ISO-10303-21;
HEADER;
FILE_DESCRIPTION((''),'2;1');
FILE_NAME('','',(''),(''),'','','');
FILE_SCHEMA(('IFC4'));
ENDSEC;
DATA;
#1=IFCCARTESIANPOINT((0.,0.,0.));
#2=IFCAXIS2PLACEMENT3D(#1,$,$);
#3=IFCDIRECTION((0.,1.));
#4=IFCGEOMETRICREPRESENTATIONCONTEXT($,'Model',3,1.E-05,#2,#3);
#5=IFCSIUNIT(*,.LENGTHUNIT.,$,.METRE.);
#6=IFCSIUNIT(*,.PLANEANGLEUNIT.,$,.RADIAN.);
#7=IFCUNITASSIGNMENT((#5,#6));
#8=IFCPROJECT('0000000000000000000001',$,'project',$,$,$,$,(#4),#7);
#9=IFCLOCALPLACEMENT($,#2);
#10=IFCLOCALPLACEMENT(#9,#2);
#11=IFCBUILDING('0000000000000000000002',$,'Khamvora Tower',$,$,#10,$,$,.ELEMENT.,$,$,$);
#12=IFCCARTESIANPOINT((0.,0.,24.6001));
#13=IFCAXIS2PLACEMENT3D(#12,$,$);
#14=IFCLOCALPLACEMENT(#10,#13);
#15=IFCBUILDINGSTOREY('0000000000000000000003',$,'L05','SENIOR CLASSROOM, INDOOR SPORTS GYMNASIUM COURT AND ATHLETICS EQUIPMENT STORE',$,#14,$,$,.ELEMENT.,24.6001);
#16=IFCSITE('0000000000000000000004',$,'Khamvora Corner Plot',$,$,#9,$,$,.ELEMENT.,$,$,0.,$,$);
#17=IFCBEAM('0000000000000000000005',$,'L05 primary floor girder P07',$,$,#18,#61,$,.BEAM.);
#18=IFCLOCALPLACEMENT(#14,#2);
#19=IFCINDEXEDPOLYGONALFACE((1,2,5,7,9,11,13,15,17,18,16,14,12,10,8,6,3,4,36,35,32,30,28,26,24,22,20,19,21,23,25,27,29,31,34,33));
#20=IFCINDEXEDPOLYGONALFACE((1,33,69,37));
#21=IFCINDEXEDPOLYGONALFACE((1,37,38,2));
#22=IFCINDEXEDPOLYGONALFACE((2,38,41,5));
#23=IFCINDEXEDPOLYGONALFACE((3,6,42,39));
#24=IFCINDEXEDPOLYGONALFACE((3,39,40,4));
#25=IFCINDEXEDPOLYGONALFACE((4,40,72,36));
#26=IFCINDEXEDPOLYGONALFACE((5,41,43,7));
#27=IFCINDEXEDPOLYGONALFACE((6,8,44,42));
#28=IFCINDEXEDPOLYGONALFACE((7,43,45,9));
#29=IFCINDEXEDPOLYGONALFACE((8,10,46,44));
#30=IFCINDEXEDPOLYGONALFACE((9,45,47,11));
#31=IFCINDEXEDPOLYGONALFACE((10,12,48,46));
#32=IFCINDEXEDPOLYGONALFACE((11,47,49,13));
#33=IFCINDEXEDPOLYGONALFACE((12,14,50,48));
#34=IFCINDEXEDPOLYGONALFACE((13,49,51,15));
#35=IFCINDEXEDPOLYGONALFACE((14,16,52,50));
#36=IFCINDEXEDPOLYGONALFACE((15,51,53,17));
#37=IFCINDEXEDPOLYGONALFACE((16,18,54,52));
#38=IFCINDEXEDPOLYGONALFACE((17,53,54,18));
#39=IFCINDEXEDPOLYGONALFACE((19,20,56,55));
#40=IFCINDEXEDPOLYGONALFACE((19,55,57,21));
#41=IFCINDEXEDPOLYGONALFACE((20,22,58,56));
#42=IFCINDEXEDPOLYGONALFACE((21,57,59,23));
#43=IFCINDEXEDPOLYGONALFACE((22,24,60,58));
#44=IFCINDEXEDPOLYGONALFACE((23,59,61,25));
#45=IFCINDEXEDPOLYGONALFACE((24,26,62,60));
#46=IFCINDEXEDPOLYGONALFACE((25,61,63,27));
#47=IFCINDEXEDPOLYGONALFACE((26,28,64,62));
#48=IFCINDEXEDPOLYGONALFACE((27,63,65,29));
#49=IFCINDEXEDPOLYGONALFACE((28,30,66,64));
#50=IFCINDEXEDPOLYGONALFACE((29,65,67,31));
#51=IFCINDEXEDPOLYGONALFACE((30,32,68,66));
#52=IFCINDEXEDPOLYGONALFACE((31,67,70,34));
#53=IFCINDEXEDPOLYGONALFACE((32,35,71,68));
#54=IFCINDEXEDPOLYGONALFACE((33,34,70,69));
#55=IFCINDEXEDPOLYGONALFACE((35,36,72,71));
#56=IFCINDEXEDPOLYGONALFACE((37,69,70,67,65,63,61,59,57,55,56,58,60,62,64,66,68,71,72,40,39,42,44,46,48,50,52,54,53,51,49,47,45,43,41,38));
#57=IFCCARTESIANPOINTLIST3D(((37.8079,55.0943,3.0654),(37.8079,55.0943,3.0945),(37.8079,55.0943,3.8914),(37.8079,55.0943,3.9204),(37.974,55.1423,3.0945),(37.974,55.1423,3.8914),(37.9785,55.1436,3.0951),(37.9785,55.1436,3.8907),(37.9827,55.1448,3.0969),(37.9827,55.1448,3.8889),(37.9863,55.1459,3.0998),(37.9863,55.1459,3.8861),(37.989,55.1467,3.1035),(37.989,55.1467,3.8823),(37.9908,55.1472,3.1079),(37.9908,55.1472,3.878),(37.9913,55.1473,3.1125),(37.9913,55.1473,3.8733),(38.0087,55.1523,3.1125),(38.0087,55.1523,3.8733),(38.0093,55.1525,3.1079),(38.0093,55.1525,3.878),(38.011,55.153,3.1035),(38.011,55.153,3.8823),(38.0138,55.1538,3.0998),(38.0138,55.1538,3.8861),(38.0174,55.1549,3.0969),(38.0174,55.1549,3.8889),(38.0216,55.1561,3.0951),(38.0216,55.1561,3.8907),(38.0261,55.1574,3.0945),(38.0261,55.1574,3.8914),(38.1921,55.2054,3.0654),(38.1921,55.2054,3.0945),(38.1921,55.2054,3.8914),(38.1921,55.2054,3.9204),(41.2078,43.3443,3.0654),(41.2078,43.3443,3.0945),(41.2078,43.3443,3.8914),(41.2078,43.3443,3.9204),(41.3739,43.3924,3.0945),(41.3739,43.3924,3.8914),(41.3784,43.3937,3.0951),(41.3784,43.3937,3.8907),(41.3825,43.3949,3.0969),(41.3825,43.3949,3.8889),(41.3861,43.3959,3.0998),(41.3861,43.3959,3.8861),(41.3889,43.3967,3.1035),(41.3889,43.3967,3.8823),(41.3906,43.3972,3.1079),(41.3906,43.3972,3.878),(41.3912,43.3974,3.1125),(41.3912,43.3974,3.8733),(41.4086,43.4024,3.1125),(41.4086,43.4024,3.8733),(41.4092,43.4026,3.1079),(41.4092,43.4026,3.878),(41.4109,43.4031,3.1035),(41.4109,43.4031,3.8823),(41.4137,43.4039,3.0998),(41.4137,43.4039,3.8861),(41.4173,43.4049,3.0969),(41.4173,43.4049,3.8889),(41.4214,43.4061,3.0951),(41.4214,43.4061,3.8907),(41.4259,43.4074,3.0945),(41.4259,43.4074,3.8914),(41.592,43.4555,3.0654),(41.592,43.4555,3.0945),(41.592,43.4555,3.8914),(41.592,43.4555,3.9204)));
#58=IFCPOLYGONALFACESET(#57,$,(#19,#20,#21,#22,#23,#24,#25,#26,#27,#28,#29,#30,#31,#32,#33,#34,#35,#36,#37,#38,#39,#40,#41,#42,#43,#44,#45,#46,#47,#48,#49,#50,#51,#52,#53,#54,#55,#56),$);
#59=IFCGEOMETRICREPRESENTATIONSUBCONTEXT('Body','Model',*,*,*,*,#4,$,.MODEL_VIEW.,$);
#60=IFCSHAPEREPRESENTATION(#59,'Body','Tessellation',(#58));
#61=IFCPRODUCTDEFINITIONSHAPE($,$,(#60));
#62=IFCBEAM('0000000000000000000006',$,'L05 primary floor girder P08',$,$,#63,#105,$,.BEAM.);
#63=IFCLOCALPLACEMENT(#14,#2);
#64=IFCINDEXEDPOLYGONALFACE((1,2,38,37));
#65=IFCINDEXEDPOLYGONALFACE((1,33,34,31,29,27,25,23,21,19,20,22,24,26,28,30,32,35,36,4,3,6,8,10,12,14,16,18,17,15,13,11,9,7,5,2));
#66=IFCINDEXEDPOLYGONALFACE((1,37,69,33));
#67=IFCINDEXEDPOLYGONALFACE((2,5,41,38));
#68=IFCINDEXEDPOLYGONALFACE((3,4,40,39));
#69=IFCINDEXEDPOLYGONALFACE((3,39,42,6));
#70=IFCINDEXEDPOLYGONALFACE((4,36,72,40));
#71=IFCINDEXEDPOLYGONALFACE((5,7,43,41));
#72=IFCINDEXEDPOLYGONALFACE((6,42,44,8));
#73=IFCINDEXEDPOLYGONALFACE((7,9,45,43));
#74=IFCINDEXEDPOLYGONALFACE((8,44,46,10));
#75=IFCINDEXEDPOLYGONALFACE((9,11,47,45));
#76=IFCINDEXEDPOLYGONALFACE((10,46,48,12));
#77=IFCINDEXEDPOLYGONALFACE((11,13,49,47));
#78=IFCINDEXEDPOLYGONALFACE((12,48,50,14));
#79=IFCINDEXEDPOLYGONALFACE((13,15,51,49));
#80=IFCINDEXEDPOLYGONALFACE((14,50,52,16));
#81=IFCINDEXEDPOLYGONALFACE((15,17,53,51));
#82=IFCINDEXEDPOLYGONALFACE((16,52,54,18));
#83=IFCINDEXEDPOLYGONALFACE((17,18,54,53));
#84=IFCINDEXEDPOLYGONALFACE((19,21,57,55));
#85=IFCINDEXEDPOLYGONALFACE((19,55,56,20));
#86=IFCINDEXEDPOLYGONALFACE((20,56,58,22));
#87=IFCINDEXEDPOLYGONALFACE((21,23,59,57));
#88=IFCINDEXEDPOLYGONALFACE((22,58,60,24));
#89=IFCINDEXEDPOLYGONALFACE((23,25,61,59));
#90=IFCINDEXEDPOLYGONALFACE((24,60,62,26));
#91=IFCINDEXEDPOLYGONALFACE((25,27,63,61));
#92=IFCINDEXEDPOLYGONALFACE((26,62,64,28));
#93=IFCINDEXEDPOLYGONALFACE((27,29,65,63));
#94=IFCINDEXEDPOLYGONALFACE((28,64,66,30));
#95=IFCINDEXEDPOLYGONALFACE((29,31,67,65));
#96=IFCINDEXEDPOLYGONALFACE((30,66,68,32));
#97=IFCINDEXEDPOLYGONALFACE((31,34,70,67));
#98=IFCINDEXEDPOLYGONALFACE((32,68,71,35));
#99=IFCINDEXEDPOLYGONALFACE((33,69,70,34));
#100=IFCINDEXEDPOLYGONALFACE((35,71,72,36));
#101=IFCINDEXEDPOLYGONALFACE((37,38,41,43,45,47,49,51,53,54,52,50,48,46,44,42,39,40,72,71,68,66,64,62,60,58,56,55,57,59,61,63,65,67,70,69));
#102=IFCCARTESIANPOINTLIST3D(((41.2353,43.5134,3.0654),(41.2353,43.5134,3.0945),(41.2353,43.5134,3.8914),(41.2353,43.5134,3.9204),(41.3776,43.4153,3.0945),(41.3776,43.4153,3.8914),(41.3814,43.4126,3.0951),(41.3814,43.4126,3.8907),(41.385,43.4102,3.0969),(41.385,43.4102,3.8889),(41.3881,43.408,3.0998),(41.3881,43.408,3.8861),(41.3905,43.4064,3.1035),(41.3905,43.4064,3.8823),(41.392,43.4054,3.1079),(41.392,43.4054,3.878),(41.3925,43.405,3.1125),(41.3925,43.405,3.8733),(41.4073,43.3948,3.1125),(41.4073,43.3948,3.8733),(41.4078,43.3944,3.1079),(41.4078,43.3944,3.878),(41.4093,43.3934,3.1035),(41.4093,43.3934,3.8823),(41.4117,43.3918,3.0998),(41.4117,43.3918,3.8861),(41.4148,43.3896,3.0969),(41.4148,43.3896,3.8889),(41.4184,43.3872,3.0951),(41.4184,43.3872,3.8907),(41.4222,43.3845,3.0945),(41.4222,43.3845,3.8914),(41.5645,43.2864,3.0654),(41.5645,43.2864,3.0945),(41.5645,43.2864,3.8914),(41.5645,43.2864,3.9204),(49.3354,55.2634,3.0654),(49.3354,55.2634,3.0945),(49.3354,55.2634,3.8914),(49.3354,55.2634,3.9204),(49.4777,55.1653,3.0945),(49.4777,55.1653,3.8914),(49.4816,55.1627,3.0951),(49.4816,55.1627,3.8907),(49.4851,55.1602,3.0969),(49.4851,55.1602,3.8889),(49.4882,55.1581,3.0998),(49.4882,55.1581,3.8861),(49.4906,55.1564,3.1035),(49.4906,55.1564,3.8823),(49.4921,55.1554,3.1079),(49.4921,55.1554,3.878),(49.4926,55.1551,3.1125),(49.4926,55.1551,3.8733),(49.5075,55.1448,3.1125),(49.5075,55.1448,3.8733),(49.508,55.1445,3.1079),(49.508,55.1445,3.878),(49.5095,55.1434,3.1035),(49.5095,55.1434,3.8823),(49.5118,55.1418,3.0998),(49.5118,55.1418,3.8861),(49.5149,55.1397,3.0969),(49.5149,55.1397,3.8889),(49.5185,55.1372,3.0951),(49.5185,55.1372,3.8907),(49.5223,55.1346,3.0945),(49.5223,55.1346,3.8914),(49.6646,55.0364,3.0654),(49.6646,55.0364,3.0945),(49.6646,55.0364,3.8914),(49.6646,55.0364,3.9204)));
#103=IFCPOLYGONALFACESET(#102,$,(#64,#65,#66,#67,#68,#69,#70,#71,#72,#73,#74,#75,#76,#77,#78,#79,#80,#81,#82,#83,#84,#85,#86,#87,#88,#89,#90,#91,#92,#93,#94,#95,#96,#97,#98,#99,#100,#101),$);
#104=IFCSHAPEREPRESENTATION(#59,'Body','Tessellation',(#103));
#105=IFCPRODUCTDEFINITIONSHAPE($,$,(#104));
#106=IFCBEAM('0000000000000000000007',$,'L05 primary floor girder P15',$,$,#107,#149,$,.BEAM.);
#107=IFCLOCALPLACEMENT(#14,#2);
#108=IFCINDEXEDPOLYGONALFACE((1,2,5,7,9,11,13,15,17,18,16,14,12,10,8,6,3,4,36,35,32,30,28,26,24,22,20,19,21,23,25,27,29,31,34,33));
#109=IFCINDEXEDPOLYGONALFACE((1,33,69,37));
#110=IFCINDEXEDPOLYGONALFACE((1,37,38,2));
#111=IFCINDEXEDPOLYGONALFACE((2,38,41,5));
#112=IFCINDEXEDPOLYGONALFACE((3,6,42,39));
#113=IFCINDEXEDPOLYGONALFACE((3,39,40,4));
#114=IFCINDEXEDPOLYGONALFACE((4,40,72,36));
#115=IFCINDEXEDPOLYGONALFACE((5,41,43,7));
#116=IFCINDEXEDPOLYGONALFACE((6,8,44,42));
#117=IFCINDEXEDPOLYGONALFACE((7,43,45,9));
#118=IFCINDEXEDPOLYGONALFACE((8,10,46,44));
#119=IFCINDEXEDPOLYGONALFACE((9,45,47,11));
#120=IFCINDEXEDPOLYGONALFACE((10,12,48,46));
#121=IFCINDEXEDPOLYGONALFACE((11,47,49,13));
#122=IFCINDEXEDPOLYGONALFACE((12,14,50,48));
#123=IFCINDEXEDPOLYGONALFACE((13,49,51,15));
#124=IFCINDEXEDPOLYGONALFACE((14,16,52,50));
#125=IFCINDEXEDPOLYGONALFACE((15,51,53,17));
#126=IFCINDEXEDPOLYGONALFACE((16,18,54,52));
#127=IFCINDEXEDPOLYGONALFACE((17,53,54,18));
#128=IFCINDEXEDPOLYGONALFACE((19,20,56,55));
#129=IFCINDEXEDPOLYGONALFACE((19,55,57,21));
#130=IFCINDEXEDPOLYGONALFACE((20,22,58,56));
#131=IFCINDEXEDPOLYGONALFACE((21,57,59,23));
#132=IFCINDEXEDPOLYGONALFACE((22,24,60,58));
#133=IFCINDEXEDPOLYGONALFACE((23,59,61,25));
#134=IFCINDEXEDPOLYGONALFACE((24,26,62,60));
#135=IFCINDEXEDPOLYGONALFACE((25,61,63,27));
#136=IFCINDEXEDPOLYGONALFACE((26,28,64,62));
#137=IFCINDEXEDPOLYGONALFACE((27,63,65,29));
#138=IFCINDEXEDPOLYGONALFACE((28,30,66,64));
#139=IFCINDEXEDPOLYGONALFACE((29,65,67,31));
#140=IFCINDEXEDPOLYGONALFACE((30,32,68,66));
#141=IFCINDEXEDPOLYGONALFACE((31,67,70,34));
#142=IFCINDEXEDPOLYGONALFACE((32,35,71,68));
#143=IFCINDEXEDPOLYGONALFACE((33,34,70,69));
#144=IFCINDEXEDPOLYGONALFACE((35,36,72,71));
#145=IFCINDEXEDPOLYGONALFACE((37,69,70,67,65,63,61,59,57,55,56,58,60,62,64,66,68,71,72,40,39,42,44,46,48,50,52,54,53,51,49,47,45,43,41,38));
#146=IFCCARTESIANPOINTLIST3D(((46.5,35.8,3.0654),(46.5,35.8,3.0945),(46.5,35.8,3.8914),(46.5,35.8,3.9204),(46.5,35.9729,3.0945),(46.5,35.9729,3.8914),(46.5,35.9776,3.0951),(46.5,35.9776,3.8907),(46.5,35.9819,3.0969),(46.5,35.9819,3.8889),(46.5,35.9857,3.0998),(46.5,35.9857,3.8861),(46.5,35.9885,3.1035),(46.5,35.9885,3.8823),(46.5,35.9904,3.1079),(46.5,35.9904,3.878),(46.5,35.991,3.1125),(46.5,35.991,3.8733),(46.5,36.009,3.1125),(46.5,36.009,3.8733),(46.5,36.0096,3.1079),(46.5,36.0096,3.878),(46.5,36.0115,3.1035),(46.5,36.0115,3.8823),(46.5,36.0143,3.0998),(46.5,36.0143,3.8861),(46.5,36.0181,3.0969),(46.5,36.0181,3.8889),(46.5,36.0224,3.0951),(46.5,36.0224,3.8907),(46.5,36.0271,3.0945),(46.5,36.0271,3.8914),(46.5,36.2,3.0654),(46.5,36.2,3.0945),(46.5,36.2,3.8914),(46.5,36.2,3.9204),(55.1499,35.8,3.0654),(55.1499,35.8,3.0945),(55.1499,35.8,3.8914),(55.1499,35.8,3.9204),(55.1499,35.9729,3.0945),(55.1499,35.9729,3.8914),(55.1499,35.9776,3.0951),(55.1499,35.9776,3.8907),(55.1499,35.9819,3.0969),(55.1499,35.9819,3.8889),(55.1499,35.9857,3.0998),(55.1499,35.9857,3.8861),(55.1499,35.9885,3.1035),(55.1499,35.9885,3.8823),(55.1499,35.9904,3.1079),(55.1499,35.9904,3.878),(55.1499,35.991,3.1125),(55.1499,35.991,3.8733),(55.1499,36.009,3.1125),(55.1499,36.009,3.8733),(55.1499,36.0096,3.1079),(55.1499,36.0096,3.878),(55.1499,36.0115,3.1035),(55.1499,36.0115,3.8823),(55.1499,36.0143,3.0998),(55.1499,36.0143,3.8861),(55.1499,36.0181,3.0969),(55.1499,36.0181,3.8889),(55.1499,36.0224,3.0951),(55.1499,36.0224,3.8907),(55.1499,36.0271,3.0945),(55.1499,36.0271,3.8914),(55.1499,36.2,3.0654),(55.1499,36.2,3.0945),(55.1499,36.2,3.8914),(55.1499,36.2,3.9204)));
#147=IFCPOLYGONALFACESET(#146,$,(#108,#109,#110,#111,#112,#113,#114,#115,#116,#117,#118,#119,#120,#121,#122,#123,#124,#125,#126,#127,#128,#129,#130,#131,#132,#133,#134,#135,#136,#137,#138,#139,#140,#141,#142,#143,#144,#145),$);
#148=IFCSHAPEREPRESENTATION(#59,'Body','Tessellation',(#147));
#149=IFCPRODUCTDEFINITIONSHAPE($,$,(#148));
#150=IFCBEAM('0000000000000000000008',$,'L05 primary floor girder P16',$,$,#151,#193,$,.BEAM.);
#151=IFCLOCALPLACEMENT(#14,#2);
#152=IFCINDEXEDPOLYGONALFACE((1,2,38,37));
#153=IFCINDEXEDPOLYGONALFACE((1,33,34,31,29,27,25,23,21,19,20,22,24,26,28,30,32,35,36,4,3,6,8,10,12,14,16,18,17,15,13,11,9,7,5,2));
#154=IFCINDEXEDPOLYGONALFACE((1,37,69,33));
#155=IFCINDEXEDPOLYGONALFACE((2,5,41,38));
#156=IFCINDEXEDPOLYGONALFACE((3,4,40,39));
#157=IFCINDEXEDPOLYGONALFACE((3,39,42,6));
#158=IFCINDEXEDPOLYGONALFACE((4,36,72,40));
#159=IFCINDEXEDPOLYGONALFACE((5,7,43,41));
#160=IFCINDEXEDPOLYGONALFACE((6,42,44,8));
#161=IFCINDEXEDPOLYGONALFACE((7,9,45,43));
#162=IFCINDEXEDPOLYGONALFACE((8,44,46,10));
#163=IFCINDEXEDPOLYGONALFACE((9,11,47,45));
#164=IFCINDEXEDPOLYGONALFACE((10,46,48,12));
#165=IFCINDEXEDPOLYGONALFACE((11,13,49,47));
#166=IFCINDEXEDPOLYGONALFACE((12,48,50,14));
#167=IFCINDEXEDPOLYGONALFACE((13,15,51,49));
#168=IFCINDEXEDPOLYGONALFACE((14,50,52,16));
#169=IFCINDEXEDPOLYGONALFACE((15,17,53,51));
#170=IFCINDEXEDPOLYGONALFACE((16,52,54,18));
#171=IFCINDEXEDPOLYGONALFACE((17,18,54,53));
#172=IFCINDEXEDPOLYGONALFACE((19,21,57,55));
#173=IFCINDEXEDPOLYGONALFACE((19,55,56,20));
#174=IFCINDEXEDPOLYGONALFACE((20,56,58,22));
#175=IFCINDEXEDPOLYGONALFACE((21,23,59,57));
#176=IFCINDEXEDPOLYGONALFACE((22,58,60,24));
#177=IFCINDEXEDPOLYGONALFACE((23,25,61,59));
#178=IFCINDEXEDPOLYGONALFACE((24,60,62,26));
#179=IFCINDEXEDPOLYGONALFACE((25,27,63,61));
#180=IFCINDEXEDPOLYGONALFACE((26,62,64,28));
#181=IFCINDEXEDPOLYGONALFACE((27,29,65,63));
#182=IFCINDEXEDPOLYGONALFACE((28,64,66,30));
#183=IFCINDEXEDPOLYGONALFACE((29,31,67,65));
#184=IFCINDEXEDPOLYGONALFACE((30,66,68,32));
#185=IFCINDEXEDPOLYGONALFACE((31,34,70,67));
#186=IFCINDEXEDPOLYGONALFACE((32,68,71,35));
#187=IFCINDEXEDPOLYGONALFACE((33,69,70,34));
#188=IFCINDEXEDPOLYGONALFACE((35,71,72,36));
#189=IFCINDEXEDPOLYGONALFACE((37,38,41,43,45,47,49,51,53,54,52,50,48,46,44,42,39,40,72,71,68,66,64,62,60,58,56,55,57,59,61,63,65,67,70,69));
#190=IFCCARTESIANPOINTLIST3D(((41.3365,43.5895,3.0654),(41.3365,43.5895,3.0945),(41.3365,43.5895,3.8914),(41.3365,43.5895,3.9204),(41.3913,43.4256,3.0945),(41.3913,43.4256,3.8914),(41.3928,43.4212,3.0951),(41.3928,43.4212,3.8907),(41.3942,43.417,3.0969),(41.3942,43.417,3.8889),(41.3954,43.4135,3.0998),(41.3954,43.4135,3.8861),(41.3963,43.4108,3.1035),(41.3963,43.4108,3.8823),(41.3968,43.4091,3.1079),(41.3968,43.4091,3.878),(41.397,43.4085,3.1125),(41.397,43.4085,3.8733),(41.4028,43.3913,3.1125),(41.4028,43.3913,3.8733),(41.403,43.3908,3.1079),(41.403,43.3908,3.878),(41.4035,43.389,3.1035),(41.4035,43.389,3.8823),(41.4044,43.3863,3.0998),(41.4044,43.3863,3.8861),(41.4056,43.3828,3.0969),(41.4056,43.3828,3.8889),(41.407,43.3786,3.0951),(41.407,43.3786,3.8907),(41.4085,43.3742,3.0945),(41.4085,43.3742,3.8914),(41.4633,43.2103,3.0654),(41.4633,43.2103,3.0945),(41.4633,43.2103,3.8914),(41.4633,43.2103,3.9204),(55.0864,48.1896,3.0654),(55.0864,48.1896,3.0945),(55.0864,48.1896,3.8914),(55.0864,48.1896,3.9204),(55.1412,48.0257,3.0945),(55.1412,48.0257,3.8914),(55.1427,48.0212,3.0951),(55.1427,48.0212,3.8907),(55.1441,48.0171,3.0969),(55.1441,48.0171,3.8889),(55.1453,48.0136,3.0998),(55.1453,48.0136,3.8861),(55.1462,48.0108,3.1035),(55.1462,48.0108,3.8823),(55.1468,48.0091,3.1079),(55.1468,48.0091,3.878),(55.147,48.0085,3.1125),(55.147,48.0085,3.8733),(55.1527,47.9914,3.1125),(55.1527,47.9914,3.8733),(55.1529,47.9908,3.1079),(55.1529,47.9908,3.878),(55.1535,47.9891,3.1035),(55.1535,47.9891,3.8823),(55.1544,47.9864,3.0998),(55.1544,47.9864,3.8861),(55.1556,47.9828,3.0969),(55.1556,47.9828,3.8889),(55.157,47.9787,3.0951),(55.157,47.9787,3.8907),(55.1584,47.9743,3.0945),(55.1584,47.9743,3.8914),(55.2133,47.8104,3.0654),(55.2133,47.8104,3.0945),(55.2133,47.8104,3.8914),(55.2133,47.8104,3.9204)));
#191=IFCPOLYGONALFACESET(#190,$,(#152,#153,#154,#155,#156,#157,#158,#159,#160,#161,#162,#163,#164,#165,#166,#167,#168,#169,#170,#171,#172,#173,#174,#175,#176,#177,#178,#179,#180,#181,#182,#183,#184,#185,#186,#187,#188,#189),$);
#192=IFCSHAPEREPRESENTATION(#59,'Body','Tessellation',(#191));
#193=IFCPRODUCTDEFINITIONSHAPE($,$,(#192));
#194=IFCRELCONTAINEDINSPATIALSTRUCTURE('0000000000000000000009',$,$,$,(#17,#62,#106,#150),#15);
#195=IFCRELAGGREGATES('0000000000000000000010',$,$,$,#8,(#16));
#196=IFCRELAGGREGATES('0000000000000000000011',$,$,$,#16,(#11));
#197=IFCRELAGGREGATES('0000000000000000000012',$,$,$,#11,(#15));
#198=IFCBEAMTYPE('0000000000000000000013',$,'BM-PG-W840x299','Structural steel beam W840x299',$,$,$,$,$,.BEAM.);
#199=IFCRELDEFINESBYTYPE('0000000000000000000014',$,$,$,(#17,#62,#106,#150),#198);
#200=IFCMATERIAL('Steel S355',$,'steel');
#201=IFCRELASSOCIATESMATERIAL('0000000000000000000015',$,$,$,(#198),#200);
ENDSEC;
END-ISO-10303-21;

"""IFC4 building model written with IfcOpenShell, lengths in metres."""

from ifc_helpers import new_model, si_unit, direction, frame, origin, origin_2d, place, context, subcontext, project, spatial, i_section, extrude, material, material_profile, profile_set, type_object, element, save


model = new_model("IFC4")

# Units and contexts
model_context = context("Model", 3, precision=1e-05, world=origin(), true_north=direction((0.0, 1.0)))
body_context = subcontext(model_context, "Body", "Model", "MODEL_VIEW")
ifc_project = project(units=[si_unit("LENGTHUNIT", "METRE"), si_unit("PLANEANGLEUNIT", "RADIAN")], contexts=[model_context])

# Site, building, storey
site_placement = place(None, origin())
site = spatial("IfcSite", under=ifc_project, at=site_placement, Name="Khamvora Corner Plot", CompositionType="ELEMENT", RefElevation=0.0)
building_placement = place(site_placement, origin())
building = spatial("IfcBuilding", under=site, at=building_placement, Name="Khamvora Tower", CompositionType="ELEMENT")
storey_placement = place(building_placement, frame((0.0, 0.0, 24.6001)))
storey = spatial("IfcBuildingStorey", under=building, at=storey_placement, Name="L05", Description="SENIOR CLASSROOM, INDOOR SPORTS GYMNASIUM COURT AND ATHLETICS EQUIPMENT STORE", CompositionType="ELEMENT", Elevation=24.6001)

# Beams
ifc_material_1 = material(Name="Steel S355", Category="steel")
ifc_material_profile_1 = material_profile(ifc_material_1, i_section(OverallWidth=0.3999, OverallDepth=0.855, WebThickness=0.0181, FlangeThickness=0.0291, FilletRadius=0.0181, at=origin_2d()), Name="W840x299")
ifc_profile_set_1 = profile_set([ifc_material_profile_1], Name="Steel S355")
beam_type_1 = type_object("IfcBeamType", Name="BM-PG-W840x299", Description="Structural steel beam W840x299", PredefinedType="BEAM", material=ifc_profile_set_1)
beam_1_placement = place(storey_placement, frame((41.3999, 43.3999, 3.4929), z_axis=(-0.277951, 0.960595, 0.0), x_axis=(-0.960595, -0.277951, 0.0)))
element("IfcBeam", 1, at=beam_1_placement, inside=storey, type_object=beam_type_1, Name="L05 primary floor girder P07", PredefinedType="BEAM", context=body_context, shape_type="SweptSolid", body=[
    extrude(i_section(OverallWidth=0.3999, OverallDepth=0.855, WebThickness=0.0181, FlangeThickness=0.0291, FilletRadius=0.0181, at=origin_2d()), origin(), (0.0, 0.0, 1.0), 12.2319),
])
beam_2_placement = place(storey_placement, frame((41.3999, 43.3999, 3.4929), z_axis=(0.567574, 0.823322, 0.0), x_axis=(-0.823322, 0.567574, 0.0)))
element("IfcBeam", 2, at=beam_2_placement, inside=storey, type_object=beam_type_1, Name="L05 primary floor girder P08", PredefinedType="BEAM", context=body_context, shape_type="SweptSolid", body=[
    extrude(i_section(OverallWidth=0.3999, OverallDepth=0.855, WebThickness=0.0181, FlangeThickness=0.0291, FilletRadius=0.0181, at=origin_2d()), origin(), (0.0, 0.0, 1.0), 14.2715),
])
beam_3_placement = place(storey_placement, frame((46.5, 36.0, 3.4929), z_axis=(1.0, 0.0, 0.0), x_axis=(0.0, 1.0, 0.0)))
element("IfcBeam", 3, at=beam_3_placement, inside=storey, type_object=beam_type_1, Name="L05 primary floor girder P15", PredefinedType="BEAM", context=body_context, shape_type="SweptSolid", body=[
    extrude(i_section(OverallWidth=0.3999, OverallDepth=0.855, WebThickness=0.0181, FlangeThickness=0.0291, FilletRadius=0.0181, at=origin_2d()), origin(), (0.0, 0.0, 1.0), 8.6499),
])
beam_4_placement = place(storey_placement, frame((41.3999, 43.3999, 3.4929), z_axis=(0.948336, 0.317268, 0.0), x_axis=(-0.317268, 0.948336, 0.0)))
element("IfcBeam", 4, at=beam_4_placement, inside=storey, type_object=beam_type_1, Name="L05 primary floor girder P16", PredefinedType="BEAM", context=body_context, shape_type="SweptSolid", body=[
    extrude(i_section(OverallWidth=0.3999, OverallDepth=0.855, WebThickness=0.0181, FlangeThickness=0.0291, FilletRadius=0.0181, at=origin_2d()), origin(), (0.0, 0.0, 1.0), 14.499),
])

save(model, "model.ifc")
